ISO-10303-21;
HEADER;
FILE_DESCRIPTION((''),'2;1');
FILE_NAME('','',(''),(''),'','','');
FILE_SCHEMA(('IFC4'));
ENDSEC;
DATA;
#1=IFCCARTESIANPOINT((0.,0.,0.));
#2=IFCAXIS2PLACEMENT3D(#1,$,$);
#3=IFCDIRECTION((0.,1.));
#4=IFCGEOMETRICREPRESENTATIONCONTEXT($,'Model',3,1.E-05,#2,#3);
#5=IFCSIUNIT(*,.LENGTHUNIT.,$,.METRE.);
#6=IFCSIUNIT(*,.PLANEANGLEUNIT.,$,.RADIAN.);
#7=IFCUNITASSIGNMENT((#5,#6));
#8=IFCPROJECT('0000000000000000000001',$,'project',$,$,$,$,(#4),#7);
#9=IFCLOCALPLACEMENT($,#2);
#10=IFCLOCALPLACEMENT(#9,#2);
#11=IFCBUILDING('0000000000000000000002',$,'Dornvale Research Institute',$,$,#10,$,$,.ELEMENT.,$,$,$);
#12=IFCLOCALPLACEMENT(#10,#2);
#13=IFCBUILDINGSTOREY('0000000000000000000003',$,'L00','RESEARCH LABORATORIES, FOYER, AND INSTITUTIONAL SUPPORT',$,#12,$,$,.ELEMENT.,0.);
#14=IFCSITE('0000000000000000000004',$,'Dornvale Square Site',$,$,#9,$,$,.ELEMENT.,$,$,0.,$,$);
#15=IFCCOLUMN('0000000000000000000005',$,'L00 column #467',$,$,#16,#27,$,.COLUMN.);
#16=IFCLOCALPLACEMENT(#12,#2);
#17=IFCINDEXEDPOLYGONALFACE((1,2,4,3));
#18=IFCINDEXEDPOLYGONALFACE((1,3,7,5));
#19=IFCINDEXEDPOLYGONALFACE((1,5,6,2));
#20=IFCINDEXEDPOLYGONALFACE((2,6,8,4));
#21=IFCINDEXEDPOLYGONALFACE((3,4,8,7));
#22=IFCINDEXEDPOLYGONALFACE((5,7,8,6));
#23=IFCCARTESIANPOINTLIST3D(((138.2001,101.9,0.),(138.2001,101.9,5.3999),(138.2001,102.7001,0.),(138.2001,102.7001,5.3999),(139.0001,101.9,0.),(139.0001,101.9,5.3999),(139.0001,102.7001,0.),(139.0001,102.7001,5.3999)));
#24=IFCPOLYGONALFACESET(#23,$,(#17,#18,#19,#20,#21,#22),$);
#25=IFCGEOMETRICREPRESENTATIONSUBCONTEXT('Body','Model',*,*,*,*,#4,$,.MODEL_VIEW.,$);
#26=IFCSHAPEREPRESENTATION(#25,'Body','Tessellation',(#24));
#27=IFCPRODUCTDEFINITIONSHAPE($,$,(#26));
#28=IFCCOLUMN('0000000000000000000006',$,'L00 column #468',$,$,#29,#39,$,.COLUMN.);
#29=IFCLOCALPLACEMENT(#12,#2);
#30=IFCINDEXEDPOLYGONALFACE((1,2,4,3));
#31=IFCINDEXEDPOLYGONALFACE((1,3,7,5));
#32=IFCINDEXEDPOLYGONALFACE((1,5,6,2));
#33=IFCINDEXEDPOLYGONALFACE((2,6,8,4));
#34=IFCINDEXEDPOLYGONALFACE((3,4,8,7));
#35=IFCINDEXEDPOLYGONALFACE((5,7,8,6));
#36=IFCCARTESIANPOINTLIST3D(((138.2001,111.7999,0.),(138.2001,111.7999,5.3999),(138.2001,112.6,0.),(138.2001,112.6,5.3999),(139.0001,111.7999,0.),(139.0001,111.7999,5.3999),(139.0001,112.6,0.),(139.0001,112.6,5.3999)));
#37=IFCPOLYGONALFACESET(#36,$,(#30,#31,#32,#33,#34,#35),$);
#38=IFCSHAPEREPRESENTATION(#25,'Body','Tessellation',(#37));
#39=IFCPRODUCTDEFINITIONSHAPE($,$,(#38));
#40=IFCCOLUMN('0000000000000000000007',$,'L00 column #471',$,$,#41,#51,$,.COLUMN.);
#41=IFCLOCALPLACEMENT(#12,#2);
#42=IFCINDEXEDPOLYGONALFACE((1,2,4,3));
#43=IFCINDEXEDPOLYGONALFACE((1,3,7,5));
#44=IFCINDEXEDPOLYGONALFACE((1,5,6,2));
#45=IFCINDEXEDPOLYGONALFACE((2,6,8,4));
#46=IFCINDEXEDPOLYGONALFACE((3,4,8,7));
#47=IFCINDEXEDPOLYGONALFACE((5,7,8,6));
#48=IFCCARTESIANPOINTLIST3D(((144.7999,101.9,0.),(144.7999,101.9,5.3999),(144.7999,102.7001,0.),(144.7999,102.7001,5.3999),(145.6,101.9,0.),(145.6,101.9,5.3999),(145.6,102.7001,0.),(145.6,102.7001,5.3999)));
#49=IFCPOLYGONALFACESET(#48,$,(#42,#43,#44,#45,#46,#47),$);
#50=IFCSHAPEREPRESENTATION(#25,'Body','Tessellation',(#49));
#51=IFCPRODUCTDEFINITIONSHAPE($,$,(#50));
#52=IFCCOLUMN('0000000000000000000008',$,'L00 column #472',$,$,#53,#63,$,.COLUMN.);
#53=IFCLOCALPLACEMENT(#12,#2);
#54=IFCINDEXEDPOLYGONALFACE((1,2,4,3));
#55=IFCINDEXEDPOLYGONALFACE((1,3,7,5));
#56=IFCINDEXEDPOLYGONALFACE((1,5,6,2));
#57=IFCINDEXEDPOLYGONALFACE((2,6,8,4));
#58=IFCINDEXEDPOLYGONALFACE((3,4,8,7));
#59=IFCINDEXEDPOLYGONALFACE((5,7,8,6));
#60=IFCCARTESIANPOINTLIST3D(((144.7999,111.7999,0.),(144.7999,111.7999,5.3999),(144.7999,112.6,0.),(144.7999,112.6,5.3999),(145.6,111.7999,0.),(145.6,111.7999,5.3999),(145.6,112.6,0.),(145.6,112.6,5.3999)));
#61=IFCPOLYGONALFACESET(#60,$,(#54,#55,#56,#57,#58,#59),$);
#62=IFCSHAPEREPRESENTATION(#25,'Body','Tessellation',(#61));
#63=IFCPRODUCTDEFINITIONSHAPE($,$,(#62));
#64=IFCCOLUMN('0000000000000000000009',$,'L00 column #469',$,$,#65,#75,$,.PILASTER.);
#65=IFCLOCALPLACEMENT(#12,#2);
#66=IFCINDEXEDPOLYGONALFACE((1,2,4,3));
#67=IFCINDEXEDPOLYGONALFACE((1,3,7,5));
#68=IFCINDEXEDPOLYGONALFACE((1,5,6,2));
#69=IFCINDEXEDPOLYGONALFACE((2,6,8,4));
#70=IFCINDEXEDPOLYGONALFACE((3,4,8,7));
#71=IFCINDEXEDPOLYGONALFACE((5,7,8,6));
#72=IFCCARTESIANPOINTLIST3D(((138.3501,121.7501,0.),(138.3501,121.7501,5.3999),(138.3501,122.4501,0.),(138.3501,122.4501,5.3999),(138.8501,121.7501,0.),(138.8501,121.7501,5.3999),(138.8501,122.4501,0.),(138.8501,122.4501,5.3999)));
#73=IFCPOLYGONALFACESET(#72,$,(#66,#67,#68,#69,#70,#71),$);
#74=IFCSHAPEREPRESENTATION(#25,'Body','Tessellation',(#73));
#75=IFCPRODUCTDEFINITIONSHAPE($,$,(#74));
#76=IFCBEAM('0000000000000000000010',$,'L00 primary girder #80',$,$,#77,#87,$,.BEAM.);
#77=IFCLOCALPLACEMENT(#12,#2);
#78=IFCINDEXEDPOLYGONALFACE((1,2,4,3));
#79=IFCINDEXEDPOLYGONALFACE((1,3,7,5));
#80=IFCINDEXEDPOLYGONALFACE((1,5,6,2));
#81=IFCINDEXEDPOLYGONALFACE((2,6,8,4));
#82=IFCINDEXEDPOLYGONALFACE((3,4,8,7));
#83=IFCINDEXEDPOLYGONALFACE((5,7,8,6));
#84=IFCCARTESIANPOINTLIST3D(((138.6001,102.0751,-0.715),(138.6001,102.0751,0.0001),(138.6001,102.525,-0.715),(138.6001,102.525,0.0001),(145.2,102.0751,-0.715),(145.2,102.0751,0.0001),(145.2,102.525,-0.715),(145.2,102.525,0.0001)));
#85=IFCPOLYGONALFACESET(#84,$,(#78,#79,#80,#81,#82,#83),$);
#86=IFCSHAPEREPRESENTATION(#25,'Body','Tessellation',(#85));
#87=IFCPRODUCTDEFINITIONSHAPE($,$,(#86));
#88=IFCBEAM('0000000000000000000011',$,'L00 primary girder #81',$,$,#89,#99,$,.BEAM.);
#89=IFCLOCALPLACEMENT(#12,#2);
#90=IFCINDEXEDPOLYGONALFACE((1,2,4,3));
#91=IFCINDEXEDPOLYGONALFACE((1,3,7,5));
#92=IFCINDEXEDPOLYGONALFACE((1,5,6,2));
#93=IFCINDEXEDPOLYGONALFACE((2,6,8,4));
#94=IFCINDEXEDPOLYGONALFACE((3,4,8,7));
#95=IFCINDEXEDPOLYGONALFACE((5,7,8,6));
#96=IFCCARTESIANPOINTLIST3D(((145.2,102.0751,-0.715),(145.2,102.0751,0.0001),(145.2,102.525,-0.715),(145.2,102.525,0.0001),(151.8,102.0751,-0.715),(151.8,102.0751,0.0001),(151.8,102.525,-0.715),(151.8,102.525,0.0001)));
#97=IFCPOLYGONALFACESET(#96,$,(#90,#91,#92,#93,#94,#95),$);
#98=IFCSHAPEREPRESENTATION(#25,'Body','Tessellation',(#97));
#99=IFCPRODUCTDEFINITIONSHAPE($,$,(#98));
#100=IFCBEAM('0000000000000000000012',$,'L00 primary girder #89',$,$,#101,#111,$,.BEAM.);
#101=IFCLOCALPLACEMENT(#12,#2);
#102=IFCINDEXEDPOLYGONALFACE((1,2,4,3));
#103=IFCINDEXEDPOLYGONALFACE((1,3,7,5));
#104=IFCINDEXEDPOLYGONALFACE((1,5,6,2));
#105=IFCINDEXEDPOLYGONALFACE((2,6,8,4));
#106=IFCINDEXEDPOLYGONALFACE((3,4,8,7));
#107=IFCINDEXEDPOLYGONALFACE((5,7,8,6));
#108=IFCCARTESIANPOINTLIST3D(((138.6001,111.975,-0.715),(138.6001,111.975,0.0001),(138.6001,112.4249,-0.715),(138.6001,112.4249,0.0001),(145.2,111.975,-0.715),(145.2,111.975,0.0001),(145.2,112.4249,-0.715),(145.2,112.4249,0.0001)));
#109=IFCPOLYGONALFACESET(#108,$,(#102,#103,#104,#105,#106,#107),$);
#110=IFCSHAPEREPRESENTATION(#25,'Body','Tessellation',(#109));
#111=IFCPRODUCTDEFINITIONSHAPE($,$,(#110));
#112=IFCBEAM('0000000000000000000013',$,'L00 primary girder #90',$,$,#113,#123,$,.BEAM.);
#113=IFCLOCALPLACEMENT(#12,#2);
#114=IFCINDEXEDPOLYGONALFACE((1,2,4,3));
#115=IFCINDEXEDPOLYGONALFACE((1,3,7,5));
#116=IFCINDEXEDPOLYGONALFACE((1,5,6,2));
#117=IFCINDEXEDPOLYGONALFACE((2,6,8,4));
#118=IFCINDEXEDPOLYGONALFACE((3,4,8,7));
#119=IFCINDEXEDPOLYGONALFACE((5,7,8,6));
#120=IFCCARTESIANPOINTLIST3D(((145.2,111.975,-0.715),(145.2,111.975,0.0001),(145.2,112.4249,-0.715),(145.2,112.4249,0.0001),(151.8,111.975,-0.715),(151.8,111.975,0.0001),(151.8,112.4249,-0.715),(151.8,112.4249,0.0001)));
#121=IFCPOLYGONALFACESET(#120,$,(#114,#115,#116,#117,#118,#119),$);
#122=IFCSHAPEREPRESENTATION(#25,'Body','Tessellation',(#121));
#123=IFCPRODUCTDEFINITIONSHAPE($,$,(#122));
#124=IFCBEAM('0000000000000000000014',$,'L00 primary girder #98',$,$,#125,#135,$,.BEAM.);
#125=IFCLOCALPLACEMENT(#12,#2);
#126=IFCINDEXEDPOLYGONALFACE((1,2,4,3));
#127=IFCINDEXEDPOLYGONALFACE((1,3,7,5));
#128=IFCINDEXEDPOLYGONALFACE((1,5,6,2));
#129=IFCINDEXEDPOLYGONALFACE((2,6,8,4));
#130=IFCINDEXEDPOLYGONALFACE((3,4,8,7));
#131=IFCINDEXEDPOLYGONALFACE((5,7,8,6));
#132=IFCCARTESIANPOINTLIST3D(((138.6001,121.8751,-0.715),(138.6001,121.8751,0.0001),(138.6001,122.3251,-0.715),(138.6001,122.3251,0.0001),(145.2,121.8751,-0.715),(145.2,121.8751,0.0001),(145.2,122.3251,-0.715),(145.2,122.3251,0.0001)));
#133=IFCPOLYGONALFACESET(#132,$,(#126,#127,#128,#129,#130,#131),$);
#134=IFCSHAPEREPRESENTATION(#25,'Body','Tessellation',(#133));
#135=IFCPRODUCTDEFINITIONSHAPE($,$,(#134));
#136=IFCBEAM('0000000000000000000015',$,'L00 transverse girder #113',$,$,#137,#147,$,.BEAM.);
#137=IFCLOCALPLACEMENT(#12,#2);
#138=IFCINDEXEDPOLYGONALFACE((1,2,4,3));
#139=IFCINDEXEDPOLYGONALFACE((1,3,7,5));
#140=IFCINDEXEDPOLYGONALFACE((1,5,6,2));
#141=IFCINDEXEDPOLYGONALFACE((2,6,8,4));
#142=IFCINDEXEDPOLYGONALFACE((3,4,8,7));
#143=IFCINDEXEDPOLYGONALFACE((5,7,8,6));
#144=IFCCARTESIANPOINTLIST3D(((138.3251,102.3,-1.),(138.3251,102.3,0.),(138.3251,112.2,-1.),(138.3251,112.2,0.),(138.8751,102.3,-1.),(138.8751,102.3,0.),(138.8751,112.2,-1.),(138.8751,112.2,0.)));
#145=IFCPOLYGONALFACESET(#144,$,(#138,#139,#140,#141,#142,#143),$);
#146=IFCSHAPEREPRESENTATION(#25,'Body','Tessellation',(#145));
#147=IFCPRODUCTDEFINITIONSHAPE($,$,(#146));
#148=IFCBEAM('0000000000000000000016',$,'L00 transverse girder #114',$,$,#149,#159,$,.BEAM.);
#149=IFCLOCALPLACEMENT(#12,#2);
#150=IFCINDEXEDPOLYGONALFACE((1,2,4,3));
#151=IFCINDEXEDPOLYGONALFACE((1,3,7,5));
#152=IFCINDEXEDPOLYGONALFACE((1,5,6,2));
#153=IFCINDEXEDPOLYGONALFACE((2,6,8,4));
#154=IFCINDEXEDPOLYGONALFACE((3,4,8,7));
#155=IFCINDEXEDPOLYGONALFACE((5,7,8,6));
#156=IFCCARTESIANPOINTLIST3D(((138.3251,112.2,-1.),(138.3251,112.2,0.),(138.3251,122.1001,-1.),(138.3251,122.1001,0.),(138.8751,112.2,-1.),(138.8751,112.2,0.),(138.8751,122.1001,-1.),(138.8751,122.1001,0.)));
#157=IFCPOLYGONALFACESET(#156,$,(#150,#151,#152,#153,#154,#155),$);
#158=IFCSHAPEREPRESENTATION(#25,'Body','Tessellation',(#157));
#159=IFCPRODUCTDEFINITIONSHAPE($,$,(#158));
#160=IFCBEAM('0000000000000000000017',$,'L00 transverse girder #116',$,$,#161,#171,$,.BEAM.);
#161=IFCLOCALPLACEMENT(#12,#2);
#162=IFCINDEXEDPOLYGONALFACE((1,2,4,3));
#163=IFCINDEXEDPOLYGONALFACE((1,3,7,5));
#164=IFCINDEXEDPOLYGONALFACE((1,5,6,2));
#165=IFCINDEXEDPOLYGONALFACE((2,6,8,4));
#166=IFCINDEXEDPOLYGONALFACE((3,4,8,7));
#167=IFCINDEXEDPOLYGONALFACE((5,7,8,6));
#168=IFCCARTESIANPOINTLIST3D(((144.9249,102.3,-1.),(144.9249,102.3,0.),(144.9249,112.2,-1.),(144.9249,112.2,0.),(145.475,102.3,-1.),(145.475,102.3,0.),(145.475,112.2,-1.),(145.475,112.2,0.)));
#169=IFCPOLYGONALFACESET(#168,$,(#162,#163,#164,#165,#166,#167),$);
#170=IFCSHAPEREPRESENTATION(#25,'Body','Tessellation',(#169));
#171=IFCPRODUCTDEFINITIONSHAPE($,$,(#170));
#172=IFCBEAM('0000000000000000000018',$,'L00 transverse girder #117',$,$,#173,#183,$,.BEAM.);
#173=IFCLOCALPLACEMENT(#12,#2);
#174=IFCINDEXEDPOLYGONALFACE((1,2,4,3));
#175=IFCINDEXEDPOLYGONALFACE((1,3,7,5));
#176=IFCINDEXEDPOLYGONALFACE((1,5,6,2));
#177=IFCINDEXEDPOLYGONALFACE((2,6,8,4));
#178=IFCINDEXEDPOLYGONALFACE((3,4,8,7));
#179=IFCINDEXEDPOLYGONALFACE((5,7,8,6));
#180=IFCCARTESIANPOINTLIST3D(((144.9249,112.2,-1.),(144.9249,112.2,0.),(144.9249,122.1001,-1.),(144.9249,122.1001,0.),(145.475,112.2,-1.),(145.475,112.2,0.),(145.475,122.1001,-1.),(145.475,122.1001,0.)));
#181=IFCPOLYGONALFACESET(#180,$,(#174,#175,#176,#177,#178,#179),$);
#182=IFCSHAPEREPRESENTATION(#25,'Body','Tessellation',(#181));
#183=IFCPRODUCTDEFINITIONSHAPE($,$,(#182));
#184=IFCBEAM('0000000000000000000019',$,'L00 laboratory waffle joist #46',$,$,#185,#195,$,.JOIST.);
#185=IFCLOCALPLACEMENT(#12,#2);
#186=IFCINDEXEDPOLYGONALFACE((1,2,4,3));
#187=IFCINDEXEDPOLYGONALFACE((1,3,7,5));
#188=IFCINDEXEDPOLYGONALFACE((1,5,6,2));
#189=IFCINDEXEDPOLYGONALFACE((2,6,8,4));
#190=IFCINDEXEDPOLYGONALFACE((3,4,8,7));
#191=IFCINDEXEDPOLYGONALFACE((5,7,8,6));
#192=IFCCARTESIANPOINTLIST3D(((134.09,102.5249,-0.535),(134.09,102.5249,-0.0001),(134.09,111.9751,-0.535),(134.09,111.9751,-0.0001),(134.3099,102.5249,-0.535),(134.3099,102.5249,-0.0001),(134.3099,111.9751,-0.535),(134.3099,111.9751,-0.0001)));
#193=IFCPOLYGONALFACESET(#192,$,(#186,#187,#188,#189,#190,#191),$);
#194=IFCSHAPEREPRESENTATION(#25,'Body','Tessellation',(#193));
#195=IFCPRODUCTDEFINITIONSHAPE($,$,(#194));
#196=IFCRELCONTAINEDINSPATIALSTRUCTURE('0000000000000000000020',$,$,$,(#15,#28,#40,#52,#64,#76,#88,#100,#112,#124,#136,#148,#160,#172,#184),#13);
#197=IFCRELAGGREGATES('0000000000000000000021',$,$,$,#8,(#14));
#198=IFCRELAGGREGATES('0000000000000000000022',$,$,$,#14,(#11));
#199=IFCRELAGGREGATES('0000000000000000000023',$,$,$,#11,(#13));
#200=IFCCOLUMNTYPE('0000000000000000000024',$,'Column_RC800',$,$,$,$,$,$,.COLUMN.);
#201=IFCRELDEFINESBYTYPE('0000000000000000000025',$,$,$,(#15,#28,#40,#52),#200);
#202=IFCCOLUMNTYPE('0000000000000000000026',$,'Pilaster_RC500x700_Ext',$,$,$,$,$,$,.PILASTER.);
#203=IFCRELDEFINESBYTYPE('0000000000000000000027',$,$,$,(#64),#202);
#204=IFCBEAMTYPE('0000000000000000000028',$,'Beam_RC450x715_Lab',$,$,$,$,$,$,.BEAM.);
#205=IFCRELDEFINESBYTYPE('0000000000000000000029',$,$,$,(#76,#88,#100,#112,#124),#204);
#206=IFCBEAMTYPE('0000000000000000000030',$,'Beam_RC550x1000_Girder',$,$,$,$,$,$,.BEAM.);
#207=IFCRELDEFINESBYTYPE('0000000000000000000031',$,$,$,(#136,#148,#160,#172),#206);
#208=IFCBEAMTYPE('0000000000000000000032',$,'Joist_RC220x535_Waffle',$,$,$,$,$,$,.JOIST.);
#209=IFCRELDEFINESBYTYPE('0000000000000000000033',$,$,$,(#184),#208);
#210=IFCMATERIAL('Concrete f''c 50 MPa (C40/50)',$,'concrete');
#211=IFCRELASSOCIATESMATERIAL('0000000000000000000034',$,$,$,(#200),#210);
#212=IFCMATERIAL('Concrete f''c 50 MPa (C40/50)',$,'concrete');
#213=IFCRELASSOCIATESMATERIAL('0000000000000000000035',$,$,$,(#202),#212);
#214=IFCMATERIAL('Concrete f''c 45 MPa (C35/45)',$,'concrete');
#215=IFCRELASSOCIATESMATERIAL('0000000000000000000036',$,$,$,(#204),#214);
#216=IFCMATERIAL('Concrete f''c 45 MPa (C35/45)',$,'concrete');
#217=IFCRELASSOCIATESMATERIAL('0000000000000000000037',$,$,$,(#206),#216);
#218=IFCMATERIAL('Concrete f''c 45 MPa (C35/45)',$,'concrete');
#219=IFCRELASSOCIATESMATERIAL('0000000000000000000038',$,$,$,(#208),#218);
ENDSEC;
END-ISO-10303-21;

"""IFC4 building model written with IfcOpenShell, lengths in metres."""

from ifc_helpers import new_model, si_unit, direction, frame, origin, origin_2d, place, context, subcontext, project, spatial, rectangle, extrude, material, material_profile, profile_set, type_object, element, save


model = new_model("IFC4")

# Units and contexts
model_context = context("Model", 3, precision=1e-05, world=origin(), true_north=direction((0.0, 1.0)))
body_context = subcontext(model_context, "Body", "Model", "MODEL_VIEW")
ifc_project = project(units=[si_unit("LENGTHUNIT", "METRE"), si_unit("PLANEANGLEUNIT", "RADIAN")], contexts=[model_context])

# Site, building, storey
site_placement = place(None, origin())
site = spatial("IfcSite", under=ifc_project, at=site_placement, Name="Dornvale Square Site", CompositionType="ELEMENT", RefElevation=0.0)
building_placement = place(site_placement, origin())
building = spatial("IfcBuilding", under=site, at=building_placement, Name="Dornvale Research Institute", CompositionType="ELEMENT")
storey_placement = place(building_placement, origin())
storey = spatial("IfcBuildingStorey", under=building, at=storey_placement, Name="L00", Description="RESEARCH LABORATORIES, FOYER, AND INSTITUTIONAL SUPPORT", CompositionType="ELEMENT", Elevation=0.0)

# Columns
ifc_material_1 = material(Name="Concrete f'c 50 MPa (C40/50)", Category="concrete")
ifc_material_profile_1 = material_profile(ifc_material_1, rectangle(XDim=0.8, YDim=0.8, at=origin_2d()), Name="RC 800x800")
ifc_profile_set_1 = profile_set([ifc_material_profile_1], Name="Concrete f'c 50 MPa (C40/50)")
column_type_1 = type_object("IfcColumnType", Name="Column_RC800", PredefinedType="COLUMN", material=ifc_profile_set_1)
for number, where, z_axis, x_axis, name in (
    (1, (138.6001, 102.3, 0.0), (0.0, 0.0, 1.0), (1.0, 0.0, 0.0), "L00 column #467"),
    (2, (138.6001, 112.2, 0.0), (0.0, 0.0, 1.0), (1.0, 0.0, 0.0), "L00 column #468"),
    (3, (145.2, 102.3, 0.0), (0.0, 0.0, 1.0), (1.0, 0.0, 0.0), "L00 column #471"),
    (4, (145.2, 112.2, 0.0), (0.0, 0.0, 1.0), (1.0, 0.0, 0.0), "L00 column #472"),
):
    element("IfcColumn", number, at=place(storey_placement, frame(where, z_axis=z_axis, x_axis=x_axis)), inside=storey, type_object=column_type_1, Name=name, PredefinedType="COLUMN", context=body_context, shape_type="SweptSolid", body=[
        extrude(rectangle(XDim=0.8, YDim=0.8, at=origin_2d()), origin(), (0.0, 0.0, 1.0), 5.3999),
    ])
ifc_material_2 = material(Name="Concrete f'c 50 MPa (C40/50)", Category="concrete")
ifc_material_profile_2 = material_profile(ifc_material_2, rectangle(XDim=0.5, YDim=0.7, at=origin_2d()), Name="RC 500x700")
ifc_profile_set_2 = profile_set([ifc_material_profile_2], Name="Concrete f'c 50 MPa (C40/50)")
column_type_2 = type_object("IfcColumnType", Name="Pilaster_RC500x700_Ext", PredefinedType="PILASTER", material=ifc_profile_set_2)
column_placement = place(storey_placement, frame((138.6001, 122.1001, 0.0), z_axis=(0.0, 0.0, 1.0), x_axis=(1.0, 0.0, 0.0)))
element("IfcColumn", 5, at=column_placement, inside=storey, type_object=column_type_2, Name="L00 column #469", PredefinedType="PILASTER", context=body_context, shape_type="SweptSolid", body=[
    extrude(rectangle(XDim=0.5, YDim=0.7, at=origin_2d()), origin(), (0.0, 0.0, 1.0), 5.3999),
])

# Beams
ifc_material_3 = material(Name="Concrete f'c 45 MPa (C35/45)", Category="concrete")
ifc_material_profile_3 = material_profile(ifc_material_3, rectangle(XDim=0.45, YDim=0.7151, at=origin_2d()), Name="RC 450x715")
ifc_profile_set_3 = profile_set([ifc_material_profile_3], Name="Concrete f'c 45 MPa (C35/45)")
beam_type_1 = type_object("IfcBeamType", Name="Beam_RC450x715_Lab", PredefinedType="BEAM", material=ifc_profile_set_3)
beam_1_placement = place(storey_placement, frame((138.6001, 102.3, -0.3574), z_axis=(1.0, 0.0, 0.0), x_axis=(0.0, 1.0, 0.0)))
element("IfcBeam", 6, at=beam_1_placement, inside=storey, type_object=beam_type_1, Name="L00 primary girder #80", PredefinedType="BEAM", context=body_context, shape_type="SweptSolid", body=[
    extrude(rectangle(XDim=0.45, YDim=0.7151, at=origin_2d()), origin(), (0.0, 0.0, 1.0), 6.5999),
])
beam_2_placement = place(storey_placement, frame((145.2, 102.3, -0.3574), z_axis=(1.0, 0.0, 0.0), x_axis=(0.0, 1.0, 0.0)))
element("IfcBeam", 7, at=beam_2_placement, inside=storey, type_object=beam_type_1, Name="L00 primary girder #81", PredefinedType="BEAM", context=body_context, shape_type="SweptSolid", body=[
    extrude(rectangle(XDim=0.45, YDim=0.7151, at=origin_2d()), origin(), (0.0, 0.0, 1.0), 6.6001),
])
beam_3_placement = place(storey_placement, frame((138.6001, 112.2, -0.3574), z_axis=(1.0, 0.0, 0.0), x_axis=(0.0, 1.0, 0.0)))
element("IfcBeam", 8, at=beam_3_placement, inside=storey, type_object=beam_type_1, Name="L00 primary girder #89", PredefinedType="BEAM", context=body_context, shape_type="SweptSolid", body=[
    extrude(rectangle(XDim=0.45, YDim=0.7151, at=origin_2d()), origin(), (0.0, 0.0, 1.0), 6.5999),
])
beam_4_placement = place(storey_placement, frame((145.2, 112.2, -0.3574), z_axis=(1.0, 0.0, 0.0), x_axis=(0.0, 1.0, 0.0)))
element("IfcBeam", 9, at=beam_4_placement, inside=storey, type_object=beam_type_1, Name="L00 primary girder #90", PredefinedType="BEAM", context=body_context, shape_type="SweptSolid", body=[
    extrude(rectangle(XDim=0.45, YDim=0.7151, at=origin_2d()), origin(), (0.0, 0.0, 1.0), 6.6001),
])
beam_5_placement = place(storey_placement, frame((138.6001, 122.1001, -0.3574), z_axis=(1.0, 0.0, 0.0), x_axis=(0.0, 1.0, 0.0)))
element("IfcBeam", 10, at=beam_5_placement, inside=storey, type_object=beam_type_1, Name="L00 primary girder #98", PredefinedType="BEAM", context=body_context, shape_type="SweptSolid", body=[
    extrude(rectangle(XDim=0.45, YDim=0.7151, at=origin_2d()), origin(), (0.0, 0.0, 1.0), 6.5999),
])
ifc_material_4 = material(Name="Concrete f'c 45 MPa (C35/45)", Category="concrete")
ifc_material_profile_4 = material_profile(ifc_material_4, rectangle(XDim=0.55, YDim=1.0, at=origin_2d()), Name="RC 550x1000")
ifc_profile_set_4 = profile_set([ifc_material_profile_4], Name="Concrete f'c 45 MPa (C35/45)")
beam_type_2 = type_object("IfcBeamType", Name="Beam_RC550x1000_Girder", PredefinedType="BEAM", material=ifc_profile_set_4)
beam_6_placement = place(storey_placement, frame((138.6001, 102.3, -0.5), z_axis=(0.0, 1.0, 0.0), x_axis=(-1.0, 0.0, 0.0)))
element("IfcBeam", 11, at=beam_6_placement, inside=storey, type_object=beam_type_2, Name="L00 transverse girder #113", PredefinedType="BEAM", context=body_context, shape_type="SweptSolid", body=[
    extrude(rectangle(XDim=0.55, YDim=1.0, at=origin_2d()), origin(), (0.0, 0.0, 1.0), 9.8999),
])
beam_7_placement = place(storey_placement, frame((138.6001, 112.2, -0.5), z_axis=(0.0, 1.0, 0.0), x_axis=(-1.0, 0.0, 0.0)))
element("IfcBeam", 12, at=beam_7_placement, inside=storey, type_object=beam_type_2, Name="L00 transverse girder #114", PredefinedType="BEAM", context=body_context, shape_type="SweptSolid", body=[
    extrude(rectangle(XDim=0.55, YDim=1.0, at=origin_2d()), origin(), (0.0, 0.0, 1.0), 9.9001),
])
beam_8_placement = place(storey_placement, frame((145.2, 102.3, -0.5), z_axis=(0.0, 1.0, 0.0), x_axis=(-1.0, 0.0, 0.0)))
element("IfcBeam", 13, at=beam_8_placement, inside=storey, type_object=beam_type_2, Name="L00 transverse girder #116", PredefinedType="BEAM", context=body_context, shape_type="SweptSolid", body=[
    extrude(rectangle(XDim=0.55, YDim=1.0, at=origin_2d()), origin(), (0.0, 0.0, 1.0), 9.8999),
])
beam_9_placement = place(storey_placement, frame((145.2, 112.2, -0.5), z_axis=(0.0, 1.0, 0.0), x_axis=(-1.0, 0.0, 0.0)))
element("IfcBeam", 14, at=beam_9_placement, inside=storey, type_object=beam_type_2, Name="L00 transverse girder #117", PredefinedType="BEAM", context=body_context, shape_type="SweptSolid", body=[
    extrude(rectangle(XDim=0.55, YDim=1.0, at=origin_2d()), origin(), (0.0, 0.0, 1.0), 9.9001),
])
ifc_material_5 = material(Name="Concrete f'c 45 MPa (C35/45)", Category="concrete")
ifc_material_profile_5 = material_profile(ifc_material_5, rectangle(XDim=0.22, YDim=0.5349, at=origin_2d()), Name="RC 220x535")
ifc_profile_set_5 = profile_set([ifc_material_profile_5], Name="Concrete f'c 45 MPa (C35/45)")
beam_type_3 = type_object("IfcBeamType", Name="Joist_RC220x535_Waffle", PredefinedType="JOIST", material=ifc_profile_set_5)
for number, where, z_axis, x_axis, name in (
    (15, (134.2, 102.5249, -0.2676), (0.0, 1.0, 0.0), (-1.0, 0.0, 0.0), "L00 laboratory waffle joist #46"),
):
    element("IfcBeam", number, at=place(storey_placement, frame(where, z_axis=z_axis, x_axis=x_axis)), inside=storey, type_object=beam_type_3, Name=name, PredefinedType="JOIST", context=body_context, shape_type="SweptSolid", body=[
        extrude(rectangle(XDim=0.22, YDim=0.5349, at=origin_2d()), origin(), (0.0, 0.0, 1.0), 9.4502),
    ])

save(model, "model.ifc")
